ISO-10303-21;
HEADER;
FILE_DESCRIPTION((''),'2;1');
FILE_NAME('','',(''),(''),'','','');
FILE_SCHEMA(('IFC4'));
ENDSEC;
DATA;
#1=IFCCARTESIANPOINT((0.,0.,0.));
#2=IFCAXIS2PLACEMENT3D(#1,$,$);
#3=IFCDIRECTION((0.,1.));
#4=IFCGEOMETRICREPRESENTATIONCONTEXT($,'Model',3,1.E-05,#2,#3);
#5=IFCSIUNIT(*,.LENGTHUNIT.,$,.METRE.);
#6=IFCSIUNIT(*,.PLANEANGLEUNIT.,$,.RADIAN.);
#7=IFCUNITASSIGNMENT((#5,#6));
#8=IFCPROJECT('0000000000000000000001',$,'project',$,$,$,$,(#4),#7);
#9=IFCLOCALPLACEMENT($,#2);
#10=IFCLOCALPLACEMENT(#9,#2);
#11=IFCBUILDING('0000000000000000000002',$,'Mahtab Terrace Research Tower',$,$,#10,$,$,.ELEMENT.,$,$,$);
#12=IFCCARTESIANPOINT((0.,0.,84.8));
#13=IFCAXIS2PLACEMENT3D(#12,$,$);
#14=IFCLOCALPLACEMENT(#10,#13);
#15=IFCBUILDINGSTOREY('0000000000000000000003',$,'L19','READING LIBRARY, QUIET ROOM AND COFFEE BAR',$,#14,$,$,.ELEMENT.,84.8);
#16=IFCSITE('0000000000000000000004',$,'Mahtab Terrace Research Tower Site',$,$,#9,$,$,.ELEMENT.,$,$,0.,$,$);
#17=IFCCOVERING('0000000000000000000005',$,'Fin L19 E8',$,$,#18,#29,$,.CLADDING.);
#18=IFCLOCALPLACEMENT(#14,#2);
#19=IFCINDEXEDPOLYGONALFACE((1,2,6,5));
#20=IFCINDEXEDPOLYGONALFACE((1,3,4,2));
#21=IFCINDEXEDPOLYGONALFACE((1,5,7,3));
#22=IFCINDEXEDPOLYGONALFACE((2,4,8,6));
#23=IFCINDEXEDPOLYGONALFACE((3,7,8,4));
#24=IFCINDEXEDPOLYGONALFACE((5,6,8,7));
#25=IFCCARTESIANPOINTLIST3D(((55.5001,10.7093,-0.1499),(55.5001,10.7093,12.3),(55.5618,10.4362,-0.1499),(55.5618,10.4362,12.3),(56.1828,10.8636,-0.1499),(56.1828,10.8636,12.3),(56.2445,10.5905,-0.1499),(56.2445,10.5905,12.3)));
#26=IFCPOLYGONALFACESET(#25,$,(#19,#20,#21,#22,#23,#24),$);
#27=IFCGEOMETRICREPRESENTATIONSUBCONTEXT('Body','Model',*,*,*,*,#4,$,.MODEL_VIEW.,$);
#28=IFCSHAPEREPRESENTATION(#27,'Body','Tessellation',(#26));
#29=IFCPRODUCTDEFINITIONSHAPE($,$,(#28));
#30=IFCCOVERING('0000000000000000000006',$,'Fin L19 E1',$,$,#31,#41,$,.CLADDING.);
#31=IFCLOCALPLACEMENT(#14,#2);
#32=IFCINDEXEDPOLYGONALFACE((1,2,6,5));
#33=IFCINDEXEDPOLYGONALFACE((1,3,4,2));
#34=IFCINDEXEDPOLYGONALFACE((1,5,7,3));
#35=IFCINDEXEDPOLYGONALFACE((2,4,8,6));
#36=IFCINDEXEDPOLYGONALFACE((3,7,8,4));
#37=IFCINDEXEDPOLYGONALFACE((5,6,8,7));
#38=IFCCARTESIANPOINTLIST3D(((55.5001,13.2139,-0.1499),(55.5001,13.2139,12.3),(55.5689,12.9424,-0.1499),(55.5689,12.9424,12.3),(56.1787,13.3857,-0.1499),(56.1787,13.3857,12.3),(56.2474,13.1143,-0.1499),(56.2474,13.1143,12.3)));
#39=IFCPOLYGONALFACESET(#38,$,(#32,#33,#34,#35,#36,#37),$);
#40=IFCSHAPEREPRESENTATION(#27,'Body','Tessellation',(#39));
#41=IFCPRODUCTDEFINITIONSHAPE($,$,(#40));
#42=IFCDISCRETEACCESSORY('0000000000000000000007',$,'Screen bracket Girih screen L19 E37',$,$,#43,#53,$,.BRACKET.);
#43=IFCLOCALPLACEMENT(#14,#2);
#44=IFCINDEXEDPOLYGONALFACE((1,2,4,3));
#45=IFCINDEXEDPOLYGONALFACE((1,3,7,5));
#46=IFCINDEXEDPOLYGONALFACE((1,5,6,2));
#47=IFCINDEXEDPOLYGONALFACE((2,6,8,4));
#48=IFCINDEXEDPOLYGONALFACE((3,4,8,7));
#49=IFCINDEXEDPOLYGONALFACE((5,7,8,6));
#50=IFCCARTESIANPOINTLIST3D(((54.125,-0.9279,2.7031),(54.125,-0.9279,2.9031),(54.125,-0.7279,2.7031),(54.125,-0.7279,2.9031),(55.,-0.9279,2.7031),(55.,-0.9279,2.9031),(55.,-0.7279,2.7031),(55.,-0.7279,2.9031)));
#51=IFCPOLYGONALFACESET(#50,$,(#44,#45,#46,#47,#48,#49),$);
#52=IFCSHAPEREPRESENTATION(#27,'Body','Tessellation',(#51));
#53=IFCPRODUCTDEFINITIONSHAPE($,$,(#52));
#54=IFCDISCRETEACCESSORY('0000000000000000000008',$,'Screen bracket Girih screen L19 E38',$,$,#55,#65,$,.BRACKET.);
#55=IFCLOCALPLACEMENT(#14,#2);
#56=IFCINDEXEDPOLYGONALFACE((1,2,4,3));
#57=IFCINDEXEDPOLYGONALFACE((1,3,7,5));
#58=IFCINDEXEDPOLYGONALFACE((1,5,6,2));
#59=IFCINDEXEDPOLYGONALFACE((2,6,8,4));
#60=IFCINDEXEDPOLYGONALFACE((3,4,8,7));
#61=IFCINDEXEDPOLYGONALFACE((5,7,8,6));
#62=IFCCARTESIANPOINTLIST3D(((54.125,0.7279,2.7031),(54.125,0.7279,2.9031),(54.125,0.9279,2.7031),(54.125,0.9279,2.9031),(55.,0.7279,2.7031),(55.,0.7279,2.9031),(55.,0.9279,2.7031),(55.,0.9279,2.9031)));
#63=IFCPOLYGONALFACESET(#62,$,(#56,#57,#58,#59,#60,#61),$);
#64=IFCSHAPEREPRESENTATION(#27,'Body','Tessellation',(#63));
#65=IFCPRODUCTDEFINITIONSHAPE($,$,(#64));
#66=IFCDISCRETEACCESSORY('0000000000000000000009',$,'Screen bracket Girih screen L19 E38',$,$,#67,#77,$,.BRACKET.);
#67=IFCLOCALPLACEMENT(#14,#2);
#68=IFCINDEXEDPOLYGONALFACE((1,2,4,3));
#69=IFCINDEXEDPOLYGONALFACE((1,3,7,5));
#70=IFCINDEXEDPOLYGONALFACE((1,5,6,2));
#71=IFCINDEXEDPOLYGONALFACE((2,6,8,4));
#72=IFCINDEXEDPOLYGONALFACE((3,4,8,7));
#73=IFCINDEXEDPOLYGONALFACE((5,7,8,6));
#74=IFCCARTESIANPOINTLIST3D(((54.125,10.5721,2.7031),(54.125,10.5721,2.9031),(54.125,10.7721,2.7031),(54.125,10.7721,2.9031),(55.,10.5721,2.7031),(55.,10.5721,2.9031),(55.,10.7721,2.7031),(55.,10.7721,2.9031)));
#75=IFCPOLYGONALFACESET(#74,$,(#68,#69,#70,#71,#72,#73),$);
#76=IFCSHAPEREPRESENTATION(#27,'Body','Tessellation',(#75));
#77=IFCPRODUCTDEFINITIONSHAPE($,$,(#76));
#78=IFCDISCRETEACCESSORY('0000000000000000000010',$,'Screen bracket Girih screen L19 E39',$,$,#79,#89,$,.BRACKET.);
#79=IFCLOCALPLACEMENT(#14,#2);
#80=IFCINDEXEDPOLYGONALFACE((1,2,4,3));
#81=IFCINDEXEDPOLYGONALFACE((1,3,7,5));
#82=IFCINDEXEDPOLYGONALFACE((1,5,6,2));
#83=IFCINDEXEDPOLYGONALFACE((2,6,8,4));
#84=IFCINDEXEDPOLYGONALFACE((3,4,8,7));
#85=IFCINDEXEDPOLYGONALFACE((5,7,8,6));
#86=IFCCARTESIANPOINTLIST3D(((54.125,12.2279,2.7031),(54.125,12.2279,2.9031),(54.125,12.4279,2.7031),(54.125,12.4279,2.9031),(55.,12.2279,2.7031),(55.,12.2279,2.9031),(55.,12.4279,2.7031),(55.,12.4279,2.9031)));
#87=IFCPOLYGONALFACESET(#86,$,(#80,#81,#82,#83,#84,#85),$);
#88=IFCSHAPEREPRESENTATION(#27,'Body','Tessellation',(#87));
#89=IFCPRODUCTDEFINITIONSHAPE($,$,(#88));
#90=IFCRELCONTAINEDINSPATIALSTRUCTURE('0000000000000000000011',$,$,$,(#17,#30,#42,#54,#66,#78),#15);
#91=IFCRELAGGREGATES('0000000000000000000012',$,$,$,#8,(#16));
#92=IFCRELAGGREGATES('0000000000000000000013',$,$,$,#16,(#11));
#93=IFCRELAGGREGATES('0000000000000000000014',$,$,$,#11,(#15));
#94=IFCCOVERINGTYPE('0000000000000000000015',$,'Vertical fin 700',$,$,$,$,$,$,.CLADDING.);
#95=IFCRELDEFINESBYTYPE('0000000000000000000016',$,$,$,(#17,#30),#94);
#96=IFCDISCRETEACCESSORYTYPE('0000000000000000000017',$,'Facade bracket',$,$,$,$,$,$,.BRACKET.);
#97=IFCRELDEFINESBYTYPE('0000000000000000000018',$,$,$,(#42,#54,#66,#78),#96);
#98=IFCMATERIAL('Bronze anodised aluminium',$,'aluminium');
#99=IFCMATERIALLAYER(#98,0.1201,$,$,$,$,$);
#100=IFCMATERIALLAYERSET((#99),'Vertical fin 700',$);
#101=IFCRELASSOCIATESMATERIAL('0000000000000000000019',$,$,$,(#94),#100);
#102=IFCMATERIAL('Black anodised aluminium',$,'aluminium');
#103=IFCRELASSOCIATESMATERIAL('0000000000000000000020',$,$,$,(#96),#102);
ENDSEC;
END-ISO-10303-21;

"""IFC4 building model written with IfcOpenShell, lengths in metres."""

from ifc_helpers import new_model, si_unit, direction, frame, origin, origin_2d, place, context, subcontext, project, spatial, rectangle, extrude, material, layer, layer_set, type_object, element, save


model = new_model("IFC4")

# Units and contexts
model_context = context("Model", 3, precision=1e-05, world=origin(), true_north=direction((0.0, 1.0)))
body_context = subcontext(model_context, "Body", "Model", "MODEL_VIEW")
ifc_project = project(units=[si_unit("LENGTHUNIT", "METRE"), si_unit("PLANEANGLEUNIT", "RADIAN")], contexts=[model_context])

# Site, building, storey
site_placement = place(None, origin())
site = spatial("IfcSite", under=ifc_project, at=site_placement, Name="Mahtab Terrace Research Tower Site", CompositionType="ELEMENT", RefElevation=0.0)
building_placement = place(site_placement, origin())
building = spatial("IfcBuilding", under=site, at=building_placement, Name="Mahtab Terrace Research Tower", CompositionType="ELEMENT")
storey_placement = place(building_placement, frame((0.0, 0.0, 84.8)))
storey = spatial("IfcBuildingStorey", under=building, at=storey_placement, Name="L19", Description="READING LIBRARY, QUIET ROOM AND COFFEE BAR", CompositionType="ELEMENT", Elevation=84.8)

# Coverings
ifc_material_1 = material(Name="Bronze anodised aluminium", Category="aluminium")
ifc_layer_1 = layer(ifc_material_1, 0.1201)
ifc_layer_set_1 = layer_set([ifc_layer_1], Name="Vertical fin 700")
covering_type_1 = type_object("IfcCoveringType", Name="Vertical fin 700", PredefinedType="CLADDING", material=ifc_layer_set_1)
for number, where, z_axis, x_axis, name in (
    (1, (55.8723, 10.6499, -0.1499), (0.0, 0.0, 1.0), (-0.220447, 0.975399, 0.0), "Fin L19 E8"),
    (2, (55.8738, 13.1641, -0.1499), (0.0, 0.0, 1.0), (-0.245546, 0.969385, 0.0), "Fin L19 E1"),
):
    element("IfcCovering", number, at=place(storey_placement, frame(where, z_axis=z_axis, x_axis=x_axis)), inside=storey, type_object=covering_type_1, Name=name, PredefinedType="CLADDING", context=body_context, shape_type="SweptSolid", body=[
        extrude(rectangle(XDim=0.28, YDim=0.7, at=origin_2d()), origin(), (0.0, 0.0, 1.0), 12.45),
    ])

# Discrete accessories
ifc_material_2 = material(Name="Black anodised aluminium", Category="aluminium")
discrete_accessory_type = type_object("IfcDiscreteAccessoryType", Name="Facade bracket", PredefinedType="BRACKET", material=ifc_material_2)
for number, where, z_axis, x_axis, name in (
    (3, (54.5625, -0.8279, 2.7031), (0.0, 0.0, 1.0), (0.0, 1.0, 0.0), "Screen bracket Girih screen L19 E37"),
    (4, (54.5625, 0.8279, 2.7031), (0.0, 0.0, 1.0), (0.0, 1.0, 0.0), "Screen bracket Girih screen L19 E38"),
    (5, (54.5625, 10.6721, 2.7031), (0.0, 0.0, 1.0), (0.0, 1.0, 0.0), "Screen bracket Girih screen L19 E38"),
    (6, (54.5625, 12.3279, 2.7031), (0.0, 0.0, 1.0), (0.0, 1.0, 0.0), "Screen bracket Girih screen L19 E39"),
):
    element("IfcDiscreteAccessory", number, at=place(storey_placement, frame(where, z_axis=z_axis, x_axis=x_axis)), inside=storey, type_object=discrete_accessory_type, Name=name, PredefinedType="BRACKET", context=body_context, shape_type="SweptSolid", body=[
        extrude(rectangle(XDim=0.2, YDim=0.875, at=origin_2d()), origin(), (0.0, 0.0, 1.0), 0.2),
    ])

save(model, "model.ifc")
